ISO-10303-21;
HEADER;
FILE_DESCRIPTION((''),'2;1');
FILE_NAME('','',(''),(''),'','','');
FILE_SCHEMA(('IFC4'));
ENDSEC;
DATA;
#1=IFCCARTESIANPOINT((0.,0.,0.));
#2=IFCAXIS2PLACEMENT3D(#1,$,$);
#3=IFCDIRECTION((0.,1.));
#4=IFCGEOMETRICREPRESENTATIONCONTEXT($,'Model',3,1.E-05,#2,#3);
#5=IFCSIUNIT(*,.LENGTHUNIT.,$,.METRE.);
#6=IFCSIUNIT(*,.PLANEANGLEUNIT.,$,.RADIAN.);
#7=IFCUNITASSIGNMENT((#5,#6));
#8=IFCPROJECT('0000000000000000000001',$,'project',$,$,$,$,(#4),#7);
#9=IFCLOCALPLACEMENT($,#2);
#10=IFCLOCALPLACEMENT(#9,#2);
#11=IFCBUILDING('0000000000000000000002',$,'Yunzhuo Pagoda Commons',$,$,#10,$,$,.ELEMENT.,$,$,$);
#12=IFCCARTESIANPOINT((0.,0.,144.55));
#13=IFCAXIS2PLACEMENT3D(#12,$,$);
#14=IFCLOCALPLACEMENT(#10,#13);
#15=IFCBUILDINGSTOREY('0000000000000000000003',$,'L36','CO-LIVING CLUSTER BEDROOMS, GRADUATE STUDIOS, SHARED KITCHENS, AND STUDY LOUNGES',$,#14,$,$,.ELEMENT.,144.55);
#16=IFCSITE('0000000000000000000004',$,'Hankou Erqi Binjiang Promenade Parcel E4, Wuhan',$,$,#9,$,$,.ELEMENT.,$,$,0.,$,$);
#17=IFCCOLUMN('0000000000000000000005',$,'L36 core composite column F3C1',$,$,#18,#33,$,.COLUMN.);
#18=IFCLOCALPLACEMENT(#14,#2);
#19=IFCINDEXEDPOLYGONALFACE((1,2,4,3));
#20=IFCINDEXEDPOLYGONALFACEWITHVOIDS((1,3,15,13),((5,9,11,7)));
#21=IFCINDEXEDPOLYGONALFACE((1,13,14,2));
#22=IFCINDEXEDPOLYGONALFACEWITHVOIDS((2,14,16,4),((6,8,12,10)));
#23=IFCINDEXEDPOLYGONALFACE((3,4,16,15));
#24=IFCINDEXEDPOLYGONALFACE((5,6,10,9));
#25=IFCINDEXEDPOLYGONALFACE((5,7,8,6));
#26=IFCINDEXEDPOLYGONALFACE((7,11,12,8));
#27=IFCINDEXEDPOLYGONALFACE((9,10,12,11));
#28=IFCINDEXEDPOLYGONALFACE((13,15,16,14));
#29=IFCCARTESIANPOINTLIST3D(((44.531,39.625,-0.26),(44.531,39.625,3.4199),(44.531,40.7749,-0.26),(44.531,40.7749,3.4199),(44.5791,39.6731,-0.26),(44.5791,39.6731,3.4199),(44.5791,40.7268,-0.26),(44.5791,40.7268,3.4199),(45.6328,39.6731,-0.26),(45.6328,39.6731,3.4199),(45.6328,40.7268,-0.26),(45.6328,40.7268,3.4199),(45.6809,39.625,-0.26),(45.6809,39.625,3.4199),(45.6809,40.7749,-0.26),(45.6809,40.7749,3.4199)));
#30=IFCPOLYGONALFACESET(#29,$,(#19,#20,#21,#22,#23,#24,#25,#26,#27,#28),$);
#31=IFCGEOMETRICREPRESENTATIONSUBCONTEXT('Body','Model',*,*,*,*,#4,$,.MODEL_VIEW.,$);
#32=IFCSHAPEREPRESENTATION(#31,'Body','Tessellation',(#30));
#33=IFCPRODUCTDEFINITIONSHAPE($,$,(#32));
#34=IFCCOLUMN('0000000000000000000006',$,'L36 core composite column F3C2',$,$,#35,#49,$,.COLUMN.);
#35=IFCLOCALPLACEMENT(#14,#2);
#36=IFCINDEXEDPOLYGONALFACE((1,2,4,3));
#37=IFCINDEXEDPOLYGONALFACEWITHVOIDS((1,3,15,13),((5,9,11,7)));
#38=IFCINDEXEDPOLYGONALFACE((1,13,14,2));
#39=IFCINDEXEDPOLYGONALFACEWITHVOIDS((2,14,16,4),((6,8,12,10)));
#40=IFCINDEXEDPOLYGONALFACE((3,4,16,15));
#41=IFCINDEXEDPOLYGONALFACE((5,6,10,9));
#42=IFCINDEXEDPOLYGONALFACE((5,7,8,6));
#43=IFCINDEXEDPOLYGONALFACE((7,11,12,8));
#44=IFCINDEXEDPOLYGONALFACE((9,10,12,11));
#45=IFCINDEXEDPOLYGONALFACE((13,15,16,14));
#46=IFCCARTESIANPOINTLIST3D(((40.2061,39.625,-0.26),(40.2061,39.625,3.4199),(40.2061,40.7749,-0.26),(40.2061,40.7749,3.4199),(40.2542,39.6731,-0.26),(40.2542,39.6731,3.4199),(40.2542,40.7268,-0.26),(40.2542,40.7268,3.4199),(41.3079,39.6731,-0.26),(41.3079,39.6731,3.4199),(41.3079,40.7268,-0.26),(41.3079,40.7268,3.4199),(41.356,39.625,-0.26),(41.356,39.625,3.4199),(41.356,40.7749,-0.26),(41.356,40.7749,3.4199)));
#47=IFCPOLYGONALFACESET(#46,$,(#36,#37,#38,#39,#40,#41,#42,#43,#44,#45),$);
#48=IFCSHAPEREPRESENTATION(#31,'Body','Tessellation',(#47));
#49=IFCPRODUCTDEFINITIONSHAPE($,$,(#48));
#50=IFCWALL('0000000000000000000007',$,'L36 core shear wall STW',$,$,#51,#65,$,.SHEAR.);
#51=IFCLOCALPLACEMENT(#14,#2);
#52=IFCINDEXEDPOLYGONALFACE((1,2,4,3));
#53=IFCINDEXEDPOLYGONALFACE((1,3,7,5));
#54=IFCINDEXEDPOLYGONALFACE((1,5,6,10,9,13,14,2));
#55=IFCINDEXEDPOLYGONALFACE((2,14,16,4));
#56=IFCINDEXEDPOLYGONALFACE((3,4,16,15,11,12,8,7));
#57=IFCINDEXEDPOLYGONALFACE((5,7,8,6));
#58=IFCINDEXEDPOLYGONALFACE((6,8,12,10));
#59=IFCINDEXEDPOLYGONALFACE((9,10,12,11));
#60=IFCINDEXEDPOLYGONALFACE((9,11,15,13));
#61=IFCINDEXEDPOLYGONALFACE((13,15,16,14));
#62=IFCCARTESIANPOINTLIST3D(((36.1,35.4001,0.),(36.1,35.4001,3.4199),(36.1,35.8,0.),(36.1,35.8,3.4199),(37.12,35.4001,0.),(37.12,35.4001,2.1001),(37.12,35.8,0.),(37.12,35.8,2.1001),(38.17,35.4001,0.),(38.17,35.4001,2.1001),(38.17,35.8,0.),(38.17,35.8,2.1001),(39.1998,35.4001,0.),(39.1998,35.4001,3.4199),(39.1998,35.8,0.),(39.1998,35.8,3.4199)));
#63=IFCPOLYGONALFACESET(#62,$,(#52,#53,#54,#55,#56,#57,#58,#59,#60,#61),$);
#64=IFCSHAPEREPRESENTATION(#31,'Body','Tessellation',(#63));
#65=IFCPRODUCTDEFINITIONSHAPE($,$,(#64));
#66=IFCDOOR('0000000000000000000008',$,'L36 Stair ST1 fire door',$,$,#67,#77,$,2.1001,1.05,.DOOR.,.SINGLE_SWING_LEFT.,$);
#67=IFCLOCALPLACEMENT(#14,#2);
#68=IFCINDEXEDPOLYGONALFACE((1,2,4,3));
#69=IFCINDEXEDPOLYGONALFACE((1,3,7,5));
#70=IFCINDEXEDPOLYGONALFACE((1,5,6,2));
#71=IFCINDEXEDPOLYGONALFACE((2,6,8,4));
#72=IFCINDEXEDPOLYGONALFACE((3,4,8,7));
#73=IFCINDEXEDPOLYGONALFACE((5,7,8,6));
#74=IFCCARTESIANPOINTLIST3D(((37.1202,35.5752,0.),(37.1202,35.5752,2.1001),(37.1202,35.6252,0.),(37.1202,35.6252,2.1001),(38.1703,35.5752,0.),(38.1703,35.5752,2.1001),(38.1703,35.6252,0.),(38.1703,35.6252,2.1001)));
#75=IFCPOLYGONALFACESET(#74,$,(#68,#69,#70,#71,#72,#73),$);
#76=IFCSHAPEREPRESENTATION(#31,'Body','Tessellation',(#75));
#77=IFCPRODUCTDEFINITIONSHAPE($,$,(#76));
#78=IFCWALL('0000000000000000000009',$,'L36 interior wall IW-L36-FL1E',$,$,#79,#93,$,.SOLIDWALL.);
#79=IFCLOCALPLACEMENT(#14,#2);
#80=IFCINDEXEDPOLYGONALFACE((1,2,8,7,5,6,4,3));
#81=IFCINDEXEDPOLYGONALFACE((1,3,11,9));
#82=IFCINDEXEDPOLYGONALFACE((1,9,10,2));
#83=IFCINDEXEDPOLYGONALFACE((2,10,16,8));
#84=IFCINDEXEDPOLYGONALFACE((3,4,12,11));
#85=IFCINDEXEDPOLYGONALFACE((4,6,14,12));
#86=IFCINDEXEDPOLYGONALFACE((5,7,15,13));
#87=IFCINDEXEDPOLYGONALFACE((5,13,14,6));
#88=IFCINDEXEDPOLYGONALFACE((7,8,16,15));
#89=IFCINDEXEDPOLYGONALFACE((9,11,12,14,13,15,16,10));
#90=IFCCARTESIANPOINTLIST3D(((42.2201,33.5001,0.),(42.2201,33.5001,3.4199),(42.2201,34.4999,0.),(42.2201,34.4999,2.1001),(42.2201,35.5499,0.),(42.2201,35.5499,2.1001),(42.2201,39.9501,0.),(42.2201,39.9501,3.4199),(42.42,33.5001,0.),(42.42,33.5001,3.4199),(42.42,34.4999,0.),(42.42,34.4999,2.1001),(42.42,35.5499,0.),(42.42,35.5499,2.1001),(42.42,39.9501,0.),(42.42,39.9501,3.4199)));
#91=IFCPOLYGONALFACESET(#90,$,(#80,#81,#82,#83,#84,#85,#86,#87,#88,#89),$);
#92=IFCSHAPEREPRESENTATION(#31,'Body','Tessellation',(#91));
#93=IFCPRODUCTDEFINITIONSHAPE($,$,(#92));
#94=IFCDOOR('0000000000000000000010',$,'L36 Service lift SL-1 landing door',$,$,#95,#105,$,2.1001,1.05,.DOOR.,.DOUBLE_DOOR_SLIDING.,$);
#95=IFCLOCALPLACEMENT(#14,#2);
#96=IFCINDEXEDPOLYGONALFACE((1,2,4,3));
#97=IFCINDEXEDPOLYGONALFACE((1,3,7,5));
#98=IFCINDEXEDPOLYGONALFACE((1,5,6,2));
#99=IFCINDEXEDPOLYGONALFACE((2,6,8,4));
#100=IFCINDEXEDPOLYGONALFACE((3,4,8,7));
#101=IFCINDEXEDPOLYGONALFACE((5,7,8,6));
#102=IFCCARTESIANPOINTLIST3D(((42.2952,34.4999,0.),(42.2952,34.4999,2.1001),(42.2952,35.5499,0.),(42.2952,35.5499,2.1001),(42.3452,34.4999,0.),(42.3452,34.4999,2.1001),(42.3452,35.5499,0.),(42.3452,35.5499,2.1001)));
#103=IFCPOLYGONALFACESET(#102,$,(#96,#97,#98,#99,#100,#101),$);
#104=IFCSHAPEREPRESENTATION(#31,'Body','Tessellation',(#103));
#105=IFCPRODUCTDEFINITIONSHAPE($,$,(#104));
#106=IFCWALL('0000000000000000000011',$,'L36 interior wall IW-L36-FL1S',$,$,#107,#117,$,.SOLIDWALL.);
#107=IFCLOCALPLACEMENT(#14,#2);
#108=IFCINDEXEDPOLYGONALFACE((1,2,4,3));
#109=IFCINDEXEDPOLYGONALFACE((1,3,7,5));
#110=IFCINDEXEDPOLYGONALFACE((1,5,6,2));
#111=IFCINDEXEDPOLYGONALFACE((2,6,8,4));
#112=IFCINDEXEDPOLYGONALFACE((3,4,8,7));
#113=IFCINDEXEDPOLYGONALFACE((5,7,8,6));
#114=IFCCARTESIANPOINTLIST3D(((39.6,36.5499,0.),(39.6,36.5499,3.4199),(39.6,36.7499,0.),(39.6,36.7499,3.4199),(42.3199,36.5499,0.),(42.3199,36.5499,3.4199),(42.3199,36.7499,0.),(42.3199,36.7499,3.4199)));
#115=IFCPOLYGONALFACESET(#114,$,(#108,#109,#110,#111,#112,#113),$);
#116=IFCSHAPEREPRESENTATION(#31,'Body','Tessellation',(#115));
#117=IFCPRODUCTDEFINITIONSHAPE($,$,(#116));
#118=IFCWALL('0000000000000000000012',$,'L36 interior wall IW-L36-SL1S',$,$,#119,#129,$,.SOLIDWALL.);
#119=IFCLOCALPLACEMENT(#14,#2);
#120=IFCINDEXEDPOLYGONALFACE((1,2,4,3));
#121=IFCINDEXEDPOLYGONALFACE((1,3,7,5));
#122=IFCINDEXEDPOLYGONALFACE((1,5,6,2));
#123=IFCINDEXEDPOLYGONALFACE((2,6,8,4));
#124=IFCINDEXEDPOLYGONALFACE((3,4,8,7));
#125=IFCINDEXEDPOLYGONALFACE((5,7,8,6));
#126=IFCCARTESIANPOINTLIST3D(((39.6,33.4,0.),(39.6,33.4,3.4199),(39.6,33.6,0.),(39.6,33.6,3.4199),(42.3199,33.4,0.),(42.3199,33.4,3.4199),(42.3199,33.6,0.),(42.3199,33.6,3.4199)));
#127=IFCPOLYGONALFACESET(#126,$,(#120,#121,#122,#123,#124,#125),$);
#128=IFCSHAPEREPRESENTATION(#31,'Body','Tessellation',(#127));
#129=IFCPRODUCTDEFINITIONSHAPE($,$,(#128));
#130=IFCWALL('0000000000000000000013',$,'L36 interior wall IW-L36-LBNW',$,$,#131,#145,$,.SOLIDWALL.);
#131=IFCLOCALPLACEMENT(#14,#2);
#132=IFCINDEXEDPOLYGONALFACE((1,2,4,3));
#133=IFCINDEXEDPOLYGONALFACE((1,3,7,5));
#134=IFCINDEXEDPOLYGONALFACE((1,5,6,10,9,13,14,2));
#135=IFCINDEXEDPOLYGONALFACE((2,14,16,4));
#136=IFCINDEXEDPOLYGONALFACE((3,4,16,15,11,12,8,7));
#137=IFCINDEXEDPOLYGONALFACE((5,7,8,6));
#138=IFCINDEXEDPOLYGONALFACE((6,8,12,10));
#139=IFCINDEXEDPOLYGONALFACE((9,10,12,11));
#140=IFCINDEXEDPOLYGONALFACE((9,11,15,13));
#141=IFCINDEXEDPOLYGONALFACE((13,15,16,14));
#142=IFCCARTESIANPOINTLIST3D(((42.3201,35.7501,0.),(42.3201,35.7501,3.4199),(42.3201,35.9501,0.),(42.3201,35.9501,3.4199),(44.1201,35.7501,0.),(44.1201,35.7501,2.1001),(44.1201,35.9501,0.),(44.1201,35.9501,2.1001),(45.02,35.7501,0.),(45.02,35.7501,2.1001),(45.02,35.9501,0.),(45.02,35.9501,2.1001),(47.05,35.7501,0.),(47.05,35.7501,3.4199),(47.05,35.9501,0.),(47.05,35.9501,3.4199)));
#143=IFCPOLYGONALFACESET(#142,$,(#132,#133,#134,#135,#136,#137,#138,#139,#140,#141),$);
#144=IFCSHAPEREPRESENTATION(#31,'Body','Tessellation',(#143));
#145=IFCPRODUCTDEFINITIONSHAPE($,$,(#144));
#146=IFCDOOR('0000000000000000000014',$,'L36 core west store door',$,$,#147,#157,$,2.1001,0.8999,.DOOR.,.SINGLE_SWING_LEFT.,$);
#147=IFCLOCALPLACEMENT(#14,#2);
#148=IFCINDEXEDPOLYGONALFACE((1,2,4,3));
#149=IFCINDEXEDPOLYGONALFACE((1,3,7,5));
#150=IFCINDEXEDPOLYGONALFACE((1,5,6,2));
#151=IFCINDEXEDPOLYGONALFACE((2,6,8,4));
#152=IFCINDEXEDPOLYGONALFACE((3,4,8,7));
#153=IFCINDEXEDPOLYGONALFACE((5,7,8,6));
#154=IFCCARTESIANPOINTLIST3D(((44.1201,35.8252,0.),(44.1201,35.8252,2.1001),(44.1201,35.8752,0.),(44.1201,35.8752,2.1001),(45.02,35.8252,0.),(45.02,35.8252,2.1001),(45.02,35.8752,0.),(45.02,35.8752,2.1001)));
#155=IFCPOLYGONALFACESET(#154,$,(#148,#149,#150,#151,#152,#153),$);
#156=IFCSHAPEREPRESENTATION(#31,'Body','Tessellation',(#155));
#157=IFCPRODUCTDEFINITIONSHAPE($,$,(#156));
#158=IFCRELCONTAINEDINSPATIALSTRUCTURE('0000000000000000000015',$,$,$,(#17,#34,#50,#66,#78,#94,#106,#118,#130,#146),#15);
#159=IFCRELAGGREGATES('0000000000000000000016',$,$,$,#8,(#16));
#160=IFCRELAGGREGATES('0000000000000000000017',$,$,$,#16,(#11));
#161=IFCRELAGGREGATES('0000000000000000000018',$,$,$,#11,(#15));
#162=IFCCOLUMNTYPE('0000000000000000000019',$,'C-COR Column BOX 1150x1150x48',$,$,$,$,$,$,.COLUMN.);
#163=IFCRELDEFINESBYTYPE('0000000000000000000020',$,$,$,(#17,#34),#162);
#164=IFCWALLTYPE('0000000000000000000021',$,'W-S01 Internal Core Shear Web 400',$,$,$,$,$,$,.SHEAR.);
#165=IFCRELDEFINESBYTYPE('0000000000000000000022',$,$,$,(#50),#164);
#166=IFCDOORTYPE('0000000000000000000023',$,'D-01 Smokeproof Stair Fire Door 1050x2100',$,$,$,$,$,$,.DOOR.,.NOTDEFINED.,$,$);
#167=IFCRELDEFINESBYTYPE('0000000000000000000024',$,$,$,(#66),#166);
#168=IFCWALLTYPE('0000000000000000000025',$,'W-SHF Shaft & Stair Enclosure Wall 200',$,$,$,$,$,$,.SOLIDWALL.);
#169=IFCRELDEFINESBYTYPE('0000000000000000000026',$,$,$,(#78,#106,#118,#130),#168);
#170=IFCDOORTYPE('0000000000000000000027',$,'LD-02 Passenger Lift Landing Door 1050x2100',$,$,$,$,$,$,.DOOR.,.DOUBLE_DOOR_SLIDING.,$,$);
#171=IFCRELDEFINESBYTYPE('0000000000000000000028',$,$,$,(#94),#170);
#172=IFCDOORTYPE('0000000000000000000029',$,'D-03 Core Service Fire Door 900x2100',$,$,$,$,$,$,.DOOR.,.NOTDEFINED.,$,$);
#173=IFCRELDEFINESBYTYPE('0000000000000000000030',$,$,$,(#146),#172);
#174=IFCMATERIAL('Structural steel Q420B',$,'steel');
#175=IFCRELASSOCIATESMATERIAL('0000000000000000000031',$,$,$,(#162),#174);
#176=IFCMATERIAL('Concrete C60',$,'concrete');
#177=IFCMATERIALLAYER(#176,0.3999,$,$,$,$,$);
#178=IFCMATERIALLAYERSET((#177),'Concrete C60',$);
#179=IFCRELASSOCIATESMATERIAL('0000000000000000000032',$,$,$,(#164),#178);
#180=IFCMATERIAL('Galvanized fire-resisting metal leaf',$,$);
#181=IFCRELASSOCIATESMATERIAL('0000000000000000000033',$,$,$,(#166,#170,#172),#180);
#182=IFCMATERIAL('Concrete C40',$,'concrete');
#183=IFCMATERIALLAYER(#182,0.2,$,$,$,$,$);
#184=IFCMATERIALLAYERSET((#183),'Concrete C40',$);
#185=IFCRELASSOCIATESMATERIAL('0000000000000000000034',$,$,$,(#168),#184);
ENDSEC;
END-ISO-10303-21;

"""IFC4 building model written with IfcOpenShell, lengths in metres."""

from ifc_helpers import new_model, si_unit, direction, frame, frame_2d, origin, origin_with_axes, origin_2d, place, context, subcontext, project, spatial, rectangle, hollow_rectangle, extrude, source, transform, mapped, material, layer, layer_set, material_profile, profile_set, type_object, element, fill, save


model = new_model("IFC4")

# Units and contexts
model_context = context("Model", 3, precision=1e-05, world=origin(), true_north=direction((0.0, 1.0)))
body_context = subcontext(model_context, "Body", "Model", "MODEL_VIEW")
ifc_project = project(units=[si_unit("LENGTHUNIT", "METRE"), si_unit("PLANEANGLEUNIT", "RADIAN")], contexts=[model_context])

# Site, building, storey
site_placement = place(None, origin())
site = spatial("IfcSite", under=ifc_project, at=site_placement, Name="Hankou Erqi Binjiang Promenade Parcel E4, Wuhan", CompositionType="ELEMENT", RefElevation=0.0)
building_placement = place(site_placement, origin())
building = spatial("IfcBuilding", under=site, at=building_placement, Name="Yunzhuo Pagoda Commons", CompositionType="ELEMENT")
storey_placement = place(building_placement, frame((0.0, 0.0, 144.55)))
storey = spatial("IfcBuildingStorey", under=building, at=storey_placement, Name="L36", Description="CO-LIVING CLUSTER BEDROOMS, GRADUATE STUDIOS, SHARED KITCHENS, AND STUDY LOUNGES", CompositionType="ELEMENT", Elevation=144.55)

# Columns
ifc_material_1 = material(Name="Structural steel Q420B", Category="steel")
ifc_material_profile = material_profile(ifc_material_1, hollow_rectangle(XDim=1.1499, YDim=1.1499, WallThickness=0.0481, at=origin_2d()), Name="Structural steel Q420B")
ifc_profile_set = profile_set([ifc_material_profile], Name="Structural steel Q420B")
column_type = type_object("IfcColumnType", Name="C-COR Column BOX 1150x1150x48", PredefinedType="COLUMN", material=ifc_profile_set)
shared_shape_1 = source(origin(), body_context, "Body", "SweptSolid", [
    extrude(hollow_rectangle(XDim=1.1499, YDim=1.1499, WallThickness=0.0481, at=origin_2d()), origin(), (0.0, 0.0, 1.0), 3.6799),
])
for number, where, z_axis, x_axis, name in (
    (1, (45.106, 40.2, -0.26), (0.0, 0.0, 1.0), (1.0, 0.0, 0.0), "L36 core composite column F3C1"),
    (2, (40.781, 40.2, -0.26), (0.0, 0.0, 1.0), (1.0, 0.0, 0.0), "L36 core composite column F3C2"),
):
    element("IfcColumn", number, at=place(storey_placement, frame(where, z_axis=z_axis, x_axis=x_axis)), inside=storey, type_object=column_type, Name=name, PredefinedType="COLUMN", context=body_context, shape_type="MappedRepresentation", body=[
        mapped(shared_shape_1, transform((0.0, 0.0, 0.0), scale=1.0)),
    ])

# Walls, openings, doors
ifc_material_2 = material(Name="Concrete C60", Category="concrete")
ifc_layer_1 = layer(ifc_material_2, 0.3999)
ifc_layer_set_1 = layer_set([ifc_layer_1], Name="Concrete C60")
wall_type_1 = type_object("IfcWallType", Name="W-S01 Internal Core Shear Web 400", PredefinedType="SHEAR", material=ifc_layer_set_1)
wall_1_placement = place(storey_placement, frame((36.1001, 35.6001, 0.0), z_axis=(0.0, 0.0, 1.0), x_axis=(1.0, 0.0, 0.0)))
wall_1 = element("IfcWall", 3, at=wall_1_placement, inside=storey, type_object=wall_type_1, Name="L36 core shear wall STW", PredefinedType="SHEAR", context=body_context, shape_type="SweptSolid", body=[
    extrude(rectangle(XDim=3.0999, YDim=0.3999, at=frame_2d((1.5498, 0.0))), origin(), (0.0, 0.0, 1.0), 3.4199),
])
opening_1_placement = place(wall_1_placement, frame((1.02, 0.0, 0.0)))
opening_1 = element("IfcOpeningElement", 4, at=opening_1_placement, cuts=wall_1, PredefinedType="OPENING", context=body_context, shape_type="SweptSolid", body=[
    extrude(rectangle(XDim=1.05, YDim=2.1001, at=frame_2d((0.5249, 1.05))), frame((0.0, 0.21, 0.0), z_axis=(0.0, -1.0, 0.0), x_axis=(1.0, 0.0, 0.0)), (0.0, 0.0, 1.0), 0.4199),
])
ifc_material_3 = material(Name="Galvanized fire-resisting metal leaf")
door_type_1 = type_object("IfcDoorType", Name="D-01 Smokeproof Stair Fire Door 1050x2100", OperationType="NOTDEFINED", PredefinedType="DOOR", material=ifc_material_3)
shared_shape_2 = source(origin(), body_context, "Body", "SweptSolid", [
    extrude(rectangle(XDim=1.05, YDim=2.1001, at=frame_2d((0.5249, 1.05))), frame((0.0, 0.0249, 0.0), z_axis=(0.0, -1.0, 0.0), x_axis=(1.0, 0.0, 0.0)), (0.0, 0.0, 1.0), 0.05),
])
door_1_placement = place(opening_1_placement, frame((1.05, 0.0, 0.0), z_axis=(0.0, 0.0, 1.0), x_axis=(-1.0, 0.0, 0.0)))
door_1 = element("IfcDoor", 5, at=door_1_placement, inside=storey, type_object=door_type_1, Name="L36 Stair ST1 fire door", OperationType="SINGLE_SWING_LEFT", OverallHeight=2.1001, OverallWidth=1.05, PredefinedType="DOOR", context=body_context, shape_type="MappedRepresentation", body=[
    mapped(shared_shape_2, transform((0.0, 0.0, 0.0), scale=1.0)),
])
fill(opening_1, door_1)
ifc_material_4 = material(Name="Concrete C40", Category="concrete")
ifc_layer_2 = layer(ifc_material_4, 0.2)
ifc_layer_set_2 = layer_set([ifc_layer_2], Name="Concrete C40")
wall_type_2 = type_object("IfcWallType", Name="W-SHF Shaft & Stair Enclosure Wall 200", PredefinedType="SOLIDWALL", material=ifc_layer_set_2)
wall_2_placement = place(storey_placement, frame((42.3201, 33.5, 0.0), z_axis=(0.0, 0.0, 1.0), x_axis=(0.0, 1.0, 0.0)))
wall_2 = element("IfcWall", 6, at=wall_2_placement, inside=storey, type_object=wall_type_2, Name="L36 interior wall IW-L36-FL1E", PredefinedType="SOLIDWALL", context=body_context, shape_type="SweptSolid", body=[
    extrude(rectangle(XDim=6.45, YDim=0.2, at=frame_2d((3.2251, 0.0))), origin(), (0.0, 0.0, 1.0), 3.4199),
])
opening_2_placement = place(wall_2_placement, frame((1.0, 0.0, 0.0)))
opening_2 = element("IfcOpeningElement", 7, at=opening_2_placement, cuts=wall_2, PredefinedType="OPENING", context=body_context, shape_type="SweptSolid", body=[
    extrude(rectangle(XDim=1.05, YDim=2.1001, at=frame_2d((0.5249, 1.05))), frame((0.0, 0.1099, 0.0), z_axis=(0.0, -1.0, 0.0), x_axis=(1.0, 0.0, 0.0)), (0.0, 0.0, 1.0), 0.22),
])
door_type_2 = type_object("IfcDoorType", Name="LD-02 Passenger Lift Landing Door 1050x2100", OperationType="DOUBLE_DOOR_SLIDING", PredefinedType="DOOR", material=ifc_material_3)
door_2_placement = place(opening_2_placement, origin_with_axes())
door_2 = element("IfcDoor", 8, at=door_2_placement, inside=storey, type_object=door_type_2, Name="L36 Service lift SL-1 landing door", OperationType="DOUBLE_DOOR_SLIDING", OverallHeight=2.1001, OverallWidth=1.05, PredefinedType="DOOR", context=body_context, shape_type="MappedRepresentation", body=[
    mapped(shared_shape_2, transform((0.0, 0.0, 0.0), scale=1.0)),
])
fill(opening_2, door_2)

# Walls
for number, where, z_axis, x_axis, name in (
    (9, (39.6001, 36.6499, 0.0), (0.0, 0.0, 1.0), (1.0, 0.0, 0.0), "L36 interior wall IW-L36-FL1S"),
    (10, (39.6001, 33.5, 0.0), (0.0, 0.0, 1.0), (1.0, 0.0, 0.0), "L36 interior wall IW-L36-SL1S"),
):
    element("IfcWall", number, at=place(storey_placement, frame(where, z_axis=z_axis, x_axis=x_axis)), inside=storey, type_object=wall_type_2, Name=name, PredefinedType="SOLIDWALL", context=body_context, shape_type="SweptSolid", body=[
        extrude(rectangle(XDim=2.72, YDim=0.2, at=frame_2d((1.3599, 0.0))), origin(), (0.0, 0.0, 1.0), 3.4199),
    ])

# Wall, opening, door
wall_3_placement = place(storey_placement, frame((42.3201, 35.8501, 0.0), z_axis=(0.0, 0.0, 1.0), x_axis=(1.0, 0.0, 0.0)))
wall_3 = element("IfcWall", 11, at=wall_3_placement, inside=storey, type_object=wall_type_2, Name="L36 interior wall IW-L36-LBNW", PredefinedType="SOLIDWALL", context=body_context, shape_type="SweptSolid", body=[
    extrude(rectangle(XDim=4.73, YDim=0.2, at=frame_2d((2.365, 0.0))), origin(), (0.0, 0.0, 1.0), 3.4199),
])
opening_3_placement = place(wall_3_placement, frame((1.8, 0.0, 0.0)))
opening_3 = element("IfcOpeningElement", 12, at=opening_3_placement, cuts=wall_3, PredefinedType="OPENING", context=body_context, shape_type="SweptSolid", body=[
    extrude(rectangle(XDim=0.8999, YDim=2.1001, at=frame_2d((0.45, 1.05))), frame((0.0, 0.1099, 0.0), z_axis=(0.0, -1.0, 0.0), x_axis=(1.0, 0.0, 0.0)), (0.0, 0.0, 1.0), 0.22),
])
door_type_3 = type_object("IfcDoorType", Name="D-03 Core Service Fire Door 900x2100", OperationType="NOTDEFINED", PredefinedType="DOOR", material=ifc_material_3)
shared_shape_3 = source(origin(), body_context, "Body", "SweptSolid", [
    extrude(rectangle(XDim=0.8999, YDim=2.1001, at=frame_2d((0.45, 1.05))), frame((0.0, 0.0249, 0.0), z_axis=(0.0, -1.0, 0.0), x_axis=(1.0, 0.0, 0.0)), (0.0, 0.0, 1.0), 0.05),
])
door_3_placement = place(opening_3_placement, frame((0.8999, 0.0, 0.0), z_axis=(0.0, 0.0, 1.0), x_axis=(-1.0, 0.0, 0.0)))
door_3 = element("IfcDoor", 13, at=door_3_placement, inside=storey, type_object=door_type_3, Name="L36 core west store door", OperationType="SINGLE_SWING_LEFT", OverallHeight=2.1001, OverallWidth=0.8999, PredefinedType="DOOR", context=body_context, shape_type="MappedRepresentation", body=[
    mapped(shared_shape_3, transform((0.0, 0.0, 0.0), scale=1.0)),
])
fill(opening_3, door_3)

save(model, "model.ifc")
